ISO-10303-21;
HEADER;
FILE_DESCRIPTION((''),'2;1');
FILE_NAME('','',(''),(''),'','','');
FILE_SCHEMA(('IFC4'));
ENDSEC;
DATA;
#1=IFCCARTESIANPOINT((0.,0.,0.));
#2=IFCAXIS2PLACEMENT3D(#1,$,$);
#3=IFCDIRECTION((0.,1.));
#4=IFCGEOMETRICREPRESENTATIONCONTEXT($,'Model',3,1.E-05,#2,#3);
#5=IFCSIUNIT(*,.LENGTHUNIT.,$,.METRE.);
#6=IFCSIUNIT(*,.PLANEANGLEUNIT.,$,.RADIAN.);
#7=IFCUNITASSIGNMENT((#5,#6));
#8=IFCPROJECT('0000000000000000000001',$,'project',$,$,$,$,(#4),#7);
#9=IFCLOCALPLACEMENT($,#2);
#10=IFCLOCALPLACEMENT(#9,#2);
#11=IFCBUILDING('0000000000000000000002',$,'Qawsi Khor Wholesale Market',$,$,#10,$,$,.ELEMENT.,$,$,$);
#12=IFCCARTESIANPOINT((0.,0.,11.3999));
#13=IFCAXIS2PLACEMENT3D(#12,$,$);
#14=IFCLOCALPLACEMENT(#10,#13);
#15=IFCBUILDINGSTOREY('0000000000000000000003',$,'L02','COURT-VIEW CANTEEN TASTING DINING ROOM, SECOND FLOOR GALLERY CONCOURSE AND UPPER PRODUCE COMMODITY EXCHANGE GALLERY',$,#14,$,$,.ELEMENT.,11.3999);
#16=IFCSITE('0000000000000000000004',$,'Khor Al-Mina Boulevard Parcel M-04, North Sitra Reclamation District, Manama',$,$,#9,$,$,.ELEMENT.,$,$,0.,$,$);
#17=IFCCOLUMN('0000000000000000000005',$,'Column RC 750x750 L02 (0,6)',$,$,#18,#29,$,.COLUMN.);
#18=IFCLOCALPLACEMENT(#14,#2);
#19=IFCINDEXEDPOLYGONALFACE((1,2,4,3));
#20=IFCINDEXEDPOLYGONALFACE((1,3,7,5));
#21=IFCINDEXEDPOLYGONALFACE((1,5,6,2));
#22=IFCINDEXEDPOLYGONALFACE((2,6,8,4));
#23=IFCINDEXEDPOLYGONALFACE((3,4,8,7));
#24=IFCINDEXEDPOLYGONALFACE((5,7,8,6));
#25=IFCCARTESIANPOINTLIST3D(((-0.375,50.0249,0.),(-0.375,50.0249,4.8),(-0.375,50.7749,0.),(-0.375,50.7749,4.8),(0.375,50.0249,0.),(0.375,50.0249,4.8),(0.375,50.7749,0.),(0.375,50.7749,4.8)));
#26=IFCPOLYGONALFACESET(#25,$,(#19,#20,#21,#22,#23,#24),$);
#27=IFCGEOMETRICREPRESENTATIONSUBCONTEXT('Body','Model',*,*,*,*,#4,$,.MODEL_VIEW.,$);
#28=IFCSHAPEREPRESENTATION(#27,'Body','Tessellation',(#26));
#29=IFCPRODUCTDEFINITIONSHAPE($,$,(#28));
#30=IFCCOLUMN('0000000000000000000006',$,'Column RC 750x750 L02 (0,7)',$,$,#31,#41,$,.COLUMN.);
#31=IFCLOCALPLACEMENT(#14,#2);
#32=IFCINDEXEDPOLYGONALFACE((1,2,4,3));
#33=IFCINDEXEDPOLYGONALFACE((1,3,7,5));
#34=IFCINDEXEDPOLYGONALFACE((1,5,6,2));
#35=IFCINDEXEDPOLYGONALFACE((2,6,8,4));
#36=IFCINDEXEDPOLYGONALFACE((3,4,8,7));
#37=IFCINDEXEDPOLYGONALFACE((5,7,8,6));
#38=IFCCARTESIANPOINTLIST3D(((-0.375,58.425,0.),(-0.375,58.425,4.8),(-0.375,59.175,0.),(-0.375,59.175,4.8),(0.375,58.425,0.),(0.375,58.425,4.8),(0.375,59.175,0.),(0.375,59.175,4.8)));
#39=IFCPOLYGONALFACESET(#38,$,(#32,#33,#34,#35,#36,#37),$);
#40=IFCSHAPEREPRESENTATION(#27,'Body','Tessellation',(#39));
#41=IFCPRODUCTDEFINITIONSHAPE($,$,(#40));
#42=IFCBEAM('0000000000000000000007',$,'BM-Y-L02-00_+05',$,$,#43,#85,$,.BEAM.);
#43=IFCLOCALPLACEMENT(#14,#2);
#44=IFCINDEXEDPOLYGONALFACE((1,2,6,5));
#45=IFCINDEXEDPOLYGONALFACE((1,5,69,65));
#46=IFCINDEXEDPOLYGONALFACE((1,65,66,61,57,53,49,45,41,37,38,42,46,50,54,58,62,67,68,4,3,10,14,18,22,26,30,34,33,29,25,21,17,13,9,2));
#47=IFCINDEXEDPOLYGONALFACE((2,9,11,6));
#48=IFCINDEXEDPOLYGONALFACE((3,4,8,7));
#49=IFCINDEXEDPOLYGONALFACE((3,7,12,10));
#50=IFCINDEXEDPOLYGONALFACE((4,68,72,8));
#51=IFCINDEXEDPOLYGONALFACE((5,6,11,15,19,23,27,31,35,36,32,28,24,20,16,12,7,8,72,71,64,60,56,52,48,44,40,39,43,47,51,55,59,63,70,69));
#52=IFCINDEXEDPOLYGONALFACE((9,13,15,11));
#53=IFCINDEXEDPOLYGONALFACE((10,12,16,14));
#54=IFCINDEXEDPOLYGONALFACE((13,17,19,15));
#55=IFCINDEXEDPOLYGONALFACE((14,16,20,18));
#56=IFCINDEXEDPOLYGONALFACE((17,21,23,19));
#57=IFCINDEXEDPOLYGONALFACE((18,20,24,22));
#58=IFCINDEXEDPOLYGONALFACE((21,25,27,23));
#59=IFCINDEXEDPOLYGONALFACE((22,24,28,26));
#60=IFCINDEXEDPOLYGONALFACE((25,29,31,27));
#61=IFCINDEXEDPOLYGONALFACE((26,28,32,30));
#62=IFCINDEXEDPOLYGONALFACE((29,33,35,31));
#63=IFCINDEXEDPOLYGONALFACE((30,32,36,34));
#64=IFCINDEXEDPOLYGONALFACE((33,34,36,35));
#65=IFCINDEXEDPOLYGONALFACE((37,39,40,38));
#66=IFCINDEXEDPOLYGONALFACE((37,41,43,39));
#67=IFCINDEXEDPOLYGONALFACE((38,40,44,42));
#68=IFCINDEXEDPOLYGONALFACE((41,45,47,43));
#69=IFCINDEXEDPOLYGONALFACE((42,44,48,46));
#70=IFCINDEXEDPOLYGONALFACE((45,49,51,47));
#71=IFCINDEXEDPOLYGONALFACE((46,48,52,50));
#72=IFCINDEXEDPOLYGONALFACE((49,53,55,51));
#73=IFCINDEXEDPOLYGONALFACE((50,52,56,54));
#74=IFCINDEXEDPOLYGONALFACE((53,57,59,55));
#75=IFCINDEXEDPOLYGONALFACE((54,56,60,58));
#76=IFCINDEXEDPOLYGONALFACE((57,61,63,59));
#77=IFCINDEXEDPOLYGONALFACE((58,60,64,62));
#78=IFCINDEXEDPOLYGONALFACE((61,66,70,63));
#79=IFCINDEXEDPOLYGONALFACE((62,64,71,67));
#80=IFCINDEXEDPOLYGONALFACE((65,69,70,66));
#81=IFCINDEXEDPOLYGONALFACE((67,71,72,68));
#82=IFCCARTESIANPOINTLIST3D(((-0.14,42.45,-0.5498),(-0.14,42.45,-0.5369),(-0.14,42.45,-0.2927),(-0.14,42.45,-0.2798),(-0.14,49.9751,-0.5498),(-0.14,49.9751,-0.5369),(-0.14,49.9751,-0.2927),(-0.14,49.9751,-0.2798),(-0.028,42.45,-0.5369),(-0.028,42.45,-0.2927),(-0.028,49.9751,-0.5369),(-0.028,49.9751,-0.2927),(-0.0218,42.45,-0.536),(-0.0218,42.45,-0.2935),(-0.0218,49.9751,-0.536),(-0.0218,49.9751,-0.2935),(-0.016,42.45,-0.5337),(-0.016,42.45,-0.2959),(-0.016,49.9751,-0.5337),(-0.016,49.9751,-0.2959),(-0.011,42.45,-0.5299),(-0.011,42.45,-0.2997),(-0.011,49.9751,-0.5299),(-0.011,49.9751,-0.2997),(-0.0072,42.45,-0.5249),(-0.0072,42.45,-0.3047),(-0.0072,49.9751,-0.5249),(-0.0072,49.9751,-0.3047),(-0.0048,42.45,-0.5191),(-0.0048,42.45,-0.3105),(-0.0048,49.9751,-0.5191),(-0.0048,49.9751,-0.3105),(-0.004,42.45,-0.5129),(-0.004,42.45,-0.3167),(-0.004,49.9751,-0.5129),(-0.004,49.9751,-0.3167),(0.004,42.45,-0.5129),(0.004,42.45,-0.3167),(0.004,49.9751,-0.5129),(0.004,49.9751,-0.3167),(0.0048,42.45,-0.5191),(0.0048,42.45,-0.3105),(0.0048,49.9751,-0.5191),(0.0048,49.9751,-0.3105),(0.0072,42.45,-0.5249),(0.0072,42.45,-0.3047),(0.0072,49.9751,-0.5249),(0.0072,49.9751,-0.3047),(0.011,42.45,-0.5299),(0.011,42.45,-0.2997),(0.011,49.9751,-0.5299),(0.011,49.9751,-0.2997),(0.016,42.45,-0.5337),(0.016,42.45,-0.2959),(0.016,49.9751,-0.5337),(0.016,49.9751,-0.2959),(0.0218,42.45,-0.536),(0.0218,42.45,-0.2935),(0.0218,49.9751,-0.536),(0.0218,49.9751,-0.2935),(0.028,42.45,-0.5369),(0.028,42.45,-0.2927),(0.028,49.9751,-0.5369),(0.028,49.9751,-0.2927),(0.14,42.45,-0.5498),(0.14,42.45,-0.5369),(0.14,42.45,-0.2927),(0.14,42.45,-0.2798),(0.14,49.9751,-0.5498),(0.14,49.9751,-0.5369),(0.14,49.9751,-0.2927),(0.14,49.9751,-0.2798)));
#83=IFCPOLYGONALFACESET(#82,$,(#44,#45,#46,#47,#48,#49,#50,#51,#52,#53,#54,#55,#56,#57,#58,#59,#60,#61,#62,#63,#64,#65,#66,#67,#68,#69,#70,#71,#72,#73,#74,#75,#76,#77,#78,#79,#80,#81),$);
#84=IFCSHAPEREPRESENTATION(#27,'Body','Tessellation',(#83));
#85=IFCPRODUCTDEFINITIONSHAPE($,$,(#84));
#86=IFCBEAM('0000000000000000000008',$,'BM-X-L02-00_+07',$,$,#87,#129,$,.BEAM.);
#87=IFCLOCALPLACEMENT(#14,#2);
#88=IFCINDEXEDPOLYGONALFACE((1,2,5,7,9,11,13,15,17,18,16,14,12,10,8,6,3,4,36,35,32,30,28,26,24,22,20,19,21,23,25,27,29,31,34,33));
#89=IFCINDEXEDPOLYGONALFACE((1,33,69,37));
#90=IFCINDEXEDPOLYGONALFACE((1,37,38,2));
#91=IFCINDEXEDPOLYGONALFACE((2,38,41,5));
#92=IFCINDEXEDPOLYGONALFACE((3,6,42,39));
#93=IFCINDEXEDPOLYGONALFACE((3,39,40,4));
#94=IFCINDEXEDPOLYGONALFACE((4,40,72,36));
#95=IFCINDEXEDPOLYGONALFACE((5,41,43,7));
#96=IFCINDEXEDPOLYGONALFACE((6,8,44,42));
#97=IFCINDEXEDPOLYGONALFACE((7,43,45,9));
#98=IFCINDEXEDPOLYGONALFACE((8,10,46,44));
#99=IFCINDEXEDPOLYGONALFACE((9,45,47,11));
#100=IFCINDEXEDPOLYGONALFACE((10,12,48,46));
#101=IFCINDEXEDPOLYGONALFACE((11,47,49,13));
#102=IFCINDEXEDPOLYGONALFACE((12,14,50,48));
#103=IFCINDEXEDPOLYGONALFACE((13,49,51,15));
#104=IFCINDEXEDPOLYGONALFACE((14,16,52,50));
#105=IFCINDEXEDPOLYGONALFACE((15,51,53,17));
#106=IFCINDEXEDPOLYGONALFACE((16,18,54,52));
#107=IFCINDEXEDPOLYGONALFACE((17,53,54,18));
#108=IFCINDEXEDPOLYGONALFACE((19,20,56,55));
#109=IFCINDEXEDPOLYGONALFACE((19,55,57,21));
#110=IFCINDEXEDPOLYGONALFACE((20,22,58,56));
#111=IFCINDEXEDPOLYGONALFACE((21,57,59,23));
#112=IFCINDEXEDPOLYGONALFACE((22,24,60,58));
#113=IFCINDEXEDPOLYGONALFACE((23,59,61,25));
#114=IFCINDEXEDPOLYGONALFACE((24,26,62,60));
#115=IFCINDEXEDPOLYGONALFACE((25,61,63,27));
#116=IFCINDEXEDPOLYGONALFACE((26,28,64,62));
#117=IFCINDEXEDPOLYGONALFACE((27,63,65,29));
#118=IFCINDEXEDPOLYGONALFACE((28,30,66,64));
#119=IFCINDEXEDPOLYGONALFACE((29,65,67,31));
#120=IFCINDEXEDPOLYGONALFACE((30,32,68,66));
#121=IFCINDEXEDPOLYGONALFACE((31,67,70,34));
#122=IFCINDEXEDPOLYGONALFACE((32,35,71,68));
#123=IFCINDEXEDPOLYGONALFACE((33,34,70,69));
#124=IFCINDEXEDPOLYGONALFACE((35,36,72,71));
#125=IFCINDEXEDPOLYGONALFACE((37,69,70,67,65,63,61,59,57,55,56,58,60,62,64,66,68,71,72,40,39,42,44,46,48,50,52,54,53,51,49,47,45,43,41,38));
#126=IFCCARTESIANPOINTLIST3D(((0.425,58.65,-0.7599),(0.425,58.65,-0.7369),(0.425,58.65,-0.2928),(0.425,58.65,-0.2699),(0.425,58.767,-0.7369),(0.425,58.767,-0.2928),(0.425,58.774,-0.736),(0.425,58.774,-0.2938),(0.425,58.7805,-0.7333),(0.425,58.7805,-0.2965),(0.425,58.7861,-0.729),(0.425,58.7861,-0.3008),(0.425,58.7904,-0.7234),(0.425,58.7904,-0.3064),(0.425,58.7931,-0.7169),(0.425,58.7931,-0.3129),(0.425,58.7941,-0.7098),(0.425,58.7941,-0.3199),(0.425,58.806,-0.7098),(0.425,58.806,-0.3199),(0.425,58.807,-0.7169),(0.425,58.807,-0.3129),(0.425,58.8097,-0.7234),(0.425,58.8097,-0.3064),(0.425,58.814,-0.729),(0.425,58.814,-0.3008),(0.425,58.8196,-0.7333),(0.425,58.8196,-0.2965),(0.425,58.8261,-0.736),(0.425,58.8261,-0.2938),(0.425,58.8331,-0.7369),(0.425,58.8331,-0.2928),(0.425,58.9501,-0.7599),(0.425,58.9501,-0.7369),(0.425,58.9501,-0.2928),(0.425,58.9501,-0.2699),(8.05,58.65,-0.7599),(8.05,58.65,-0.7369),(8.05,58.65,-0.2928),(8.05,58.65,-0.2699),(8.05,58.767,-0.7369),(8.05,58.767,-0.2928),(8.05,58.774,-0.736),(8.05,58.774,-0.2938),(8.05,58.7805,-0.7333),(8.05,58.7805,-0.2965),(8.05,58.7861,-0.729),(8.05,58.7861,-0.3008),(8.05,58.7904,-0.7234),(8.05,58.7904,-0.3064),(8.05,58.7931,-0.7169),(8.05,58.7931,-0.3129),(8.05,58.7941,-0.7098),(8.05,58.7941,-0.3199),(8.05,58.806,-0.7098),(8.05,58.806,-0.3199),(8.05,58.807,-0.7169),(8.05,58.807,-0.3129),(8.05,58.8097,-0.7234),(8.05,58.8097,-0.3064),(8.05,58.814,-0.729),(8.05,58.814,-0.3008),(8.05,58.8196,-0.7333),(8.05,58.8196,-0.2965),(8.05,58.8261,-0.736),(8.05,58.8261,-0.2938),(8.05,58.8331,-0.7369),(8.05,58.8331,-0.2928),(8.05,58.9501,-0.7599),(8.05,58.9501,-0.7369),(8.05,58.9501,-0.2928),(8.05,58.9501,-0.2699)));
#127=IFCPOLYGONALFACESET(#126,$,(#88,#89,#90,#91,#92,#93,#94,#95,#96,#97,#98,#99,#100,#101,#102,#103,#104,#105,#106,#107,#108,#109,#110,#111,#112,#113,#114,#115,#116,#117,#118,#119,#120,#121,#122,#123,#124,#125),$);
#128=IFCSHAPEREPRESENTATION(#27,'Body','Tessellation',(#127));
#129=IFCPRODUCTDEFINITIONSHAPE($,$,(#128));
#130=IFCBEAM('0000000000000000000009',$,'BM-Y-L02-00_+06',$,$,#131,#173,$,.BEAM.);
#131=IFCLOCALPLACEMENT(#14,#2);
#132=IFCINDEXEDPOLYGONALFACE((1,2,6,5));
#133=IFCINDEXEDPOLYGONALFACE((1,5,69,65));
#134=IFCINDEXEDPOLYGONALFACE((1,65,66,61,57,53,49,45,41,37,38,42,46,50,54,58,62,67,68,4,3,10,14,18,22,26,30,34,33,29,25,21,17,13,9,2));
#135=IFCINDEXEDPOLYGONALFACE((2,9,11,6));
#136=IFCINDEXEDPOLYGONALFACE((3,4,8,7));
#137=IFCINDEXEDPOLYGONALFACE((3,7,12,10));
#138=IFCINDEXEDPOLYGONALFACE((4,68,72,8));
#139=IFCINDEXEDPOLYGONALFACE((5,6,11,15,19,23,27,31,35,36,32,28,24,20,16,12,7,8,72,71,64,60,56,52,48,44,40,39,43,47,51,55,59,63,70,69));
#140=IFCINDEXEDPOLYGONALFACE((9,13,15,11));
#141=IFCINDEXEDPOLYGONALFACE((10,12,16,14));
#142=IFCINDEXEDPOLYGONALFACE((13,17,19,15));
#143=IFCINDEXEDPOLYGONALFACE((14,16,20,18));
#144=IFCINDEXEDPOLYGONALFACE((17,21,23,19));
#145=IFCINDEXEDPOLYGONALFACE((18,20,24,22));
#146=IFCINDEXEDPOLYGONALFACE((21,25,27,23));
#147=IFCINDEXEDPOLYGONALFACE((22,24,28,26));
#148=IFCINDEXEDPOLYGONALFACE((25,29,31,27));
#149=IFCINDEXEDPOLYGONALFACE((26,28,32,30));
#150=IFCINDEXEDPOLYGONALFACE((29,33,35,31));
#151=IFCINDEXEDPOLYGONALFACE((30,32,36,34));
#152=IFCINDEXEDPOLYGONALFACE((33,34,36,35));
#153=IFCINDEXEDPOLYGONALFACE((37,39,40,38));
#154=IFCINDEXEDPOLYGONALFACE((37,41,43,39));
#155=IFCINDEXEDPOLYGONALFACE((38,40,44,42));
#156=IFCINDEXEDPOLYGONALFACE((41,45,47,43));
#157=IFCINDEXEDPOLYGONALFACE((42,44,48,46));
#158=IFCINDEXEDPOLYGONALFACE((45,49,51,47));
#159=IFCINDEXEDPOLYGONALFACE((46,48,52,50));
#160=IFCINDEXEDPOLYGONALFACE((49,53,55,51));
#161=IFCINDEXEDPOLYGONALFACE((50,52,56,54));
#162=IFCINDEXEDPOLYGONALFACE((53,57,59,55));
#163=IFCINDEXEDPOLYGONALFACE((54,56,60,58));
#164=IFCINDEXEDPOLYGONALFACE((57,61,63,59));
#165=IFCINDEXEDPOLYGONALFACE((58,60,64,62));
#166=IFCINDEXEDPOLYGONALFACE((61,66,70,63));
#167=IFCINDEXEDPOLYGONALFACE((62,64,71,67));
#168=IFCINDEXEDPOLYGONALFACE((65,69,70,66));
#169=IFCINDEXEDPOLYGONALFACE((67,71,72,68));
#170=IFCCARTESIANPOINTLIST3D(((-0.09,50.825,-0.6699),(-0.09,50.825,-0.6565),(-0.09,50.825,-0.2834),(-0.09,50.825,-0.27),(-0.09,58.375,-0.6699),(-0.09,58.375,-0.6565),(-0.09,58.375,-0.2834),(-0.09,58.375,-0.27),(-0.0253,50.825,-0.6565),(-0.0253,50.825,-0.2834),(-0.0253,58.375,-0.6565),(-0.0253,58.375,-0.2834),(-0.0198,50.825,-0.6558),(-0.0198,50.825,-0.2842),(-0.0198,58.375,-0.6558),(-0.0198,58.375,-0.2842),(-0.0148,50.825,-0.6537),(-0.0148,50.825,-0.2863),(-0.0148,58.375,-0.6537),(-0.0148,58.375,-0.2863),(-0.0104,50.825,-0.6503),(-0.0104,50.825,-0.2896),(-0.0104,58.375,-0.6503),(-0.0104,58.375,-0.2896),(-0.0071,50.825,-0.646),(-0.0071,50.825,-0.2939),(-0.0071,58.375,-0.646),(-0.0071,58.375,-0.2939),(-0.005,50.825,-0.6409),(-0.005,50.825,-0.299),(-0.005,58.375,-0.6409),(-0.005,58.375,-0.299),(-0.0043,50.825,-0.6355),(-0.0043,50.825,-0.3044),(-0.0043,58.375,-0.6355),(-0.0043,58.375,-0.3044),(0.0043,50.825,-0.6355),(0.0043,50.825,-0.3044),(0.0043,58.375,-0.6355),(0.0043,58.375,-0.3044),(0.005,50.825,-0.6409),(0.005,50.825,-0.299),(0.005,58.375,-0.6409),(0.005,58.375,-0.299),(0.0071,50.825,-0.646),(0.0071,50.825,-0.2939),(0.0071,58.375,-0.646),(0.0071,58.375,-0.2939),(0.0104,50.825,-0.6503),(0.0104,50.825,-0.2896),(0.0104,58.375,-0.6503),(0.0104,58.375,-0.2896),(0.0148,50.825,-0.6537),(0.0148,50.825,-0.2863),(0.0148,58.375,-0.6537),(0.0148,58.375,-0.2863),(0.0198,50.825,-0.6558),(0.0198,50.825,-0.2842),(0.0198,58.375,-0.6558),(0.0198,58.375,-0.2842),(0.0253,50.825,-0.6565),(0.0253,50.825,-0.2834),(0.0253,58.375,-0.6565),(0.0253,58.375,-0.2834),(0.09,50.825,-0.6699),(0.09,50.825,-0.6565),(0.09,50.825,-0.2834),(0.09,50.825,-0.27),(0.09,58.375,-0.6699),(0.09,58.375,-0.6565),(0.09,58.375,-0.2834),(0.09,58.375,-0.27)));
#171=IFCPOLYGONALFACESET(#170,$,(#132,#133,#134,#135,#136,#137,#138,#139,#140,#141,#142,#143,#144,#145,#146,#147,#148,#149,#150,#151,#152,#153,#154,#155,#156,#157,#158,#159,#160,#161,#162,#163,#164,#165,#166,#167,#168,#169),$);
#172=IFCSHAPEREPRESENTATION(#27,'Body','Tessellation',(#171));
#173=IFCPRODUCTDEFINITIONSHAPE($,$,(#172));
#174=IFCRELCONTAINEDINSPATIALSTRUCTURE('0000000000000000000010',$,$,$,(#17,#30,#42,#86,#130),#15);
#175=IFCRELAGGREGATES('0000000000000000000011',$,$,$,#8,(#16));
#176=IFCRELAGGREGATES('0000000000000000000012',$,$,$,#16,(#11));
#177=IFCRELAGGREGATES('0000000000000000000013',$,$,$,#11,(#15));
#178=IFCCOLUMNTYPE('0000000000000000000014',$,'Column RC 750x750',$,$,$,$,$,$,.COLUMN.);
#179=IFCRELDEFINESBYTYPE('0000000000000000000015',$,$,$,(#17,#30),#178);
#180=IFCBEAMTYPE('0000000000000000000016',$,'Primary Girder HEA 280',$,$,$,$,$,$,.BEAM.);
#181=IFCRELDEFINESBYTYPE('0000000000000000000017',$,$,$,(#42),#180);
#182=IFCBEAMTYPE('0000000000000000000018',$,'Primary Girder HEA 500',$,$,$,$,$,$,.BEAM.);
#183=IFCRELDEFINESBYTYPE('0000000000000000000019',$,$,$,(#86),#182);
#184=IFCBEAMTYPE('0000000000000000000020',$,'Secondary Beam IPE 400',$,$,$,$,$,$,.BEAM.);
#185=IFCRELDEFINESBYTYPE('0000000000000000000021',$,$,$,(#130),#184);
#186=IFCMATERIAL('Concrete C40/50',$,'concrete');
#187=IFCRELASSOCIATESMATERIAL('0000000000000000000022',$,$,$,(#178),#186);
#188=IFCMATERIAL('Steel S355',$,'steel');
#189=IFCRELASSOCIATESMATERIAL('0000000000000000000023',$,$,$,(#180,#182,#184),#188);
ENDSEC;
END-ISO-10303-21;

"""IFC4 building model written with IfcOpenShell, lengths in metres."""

from ifc_helpers import new_model, si_unit, direction, frame, origin, origin_2d, place, context, subcontext, project, spatial, rectangle, i_section, extrude, material, material_profile, profile_set, type_object, element, save


model = new_model("IFC4")

# Units and contexts
model_context = context("Model", 3, precision=1e-05, world=origin(), true_north=direction((0.0, 1.0)))
body_context = subcontext(model_context, "Body", "Model", "MODEL_VIEW")
ifc_project = project(units=[si_unit("LENGTHUNIT", "METRE"), si_unit("PLANEANGLEUNIT", "RADIAN")], contexts=[model_context])

# Site, building, storey
site_placement = place(None, origin())
site = spatial("IfcSite", under=ifc_project, at=site_placement, Name="Khor Al-Mina Boulevard Parcel M-04, North Sitra Reclamation District, Manama", CompositionType="ELEMENT", RefElevation=0.0)
building_placement = place(site_placement, origin())
building = spatial("IfcBuilding", under=site, at=building_placement, Name="Qawsi Khor Wholesale Market", CompositionType="ELEMENT")
storey_placement = place(building_placement, frame((0.0, 0.0, 11.3999)))
storey = spatial("IfcBuildingStorey", under=building, at=storey_placement, Name="L02", Description="COURT-VIEW CANTEEN TASTING DINING ROOM, SECOND FLOOR GALLERY CONCOURSE AND UPPER PRODUCE COMMODITY EXCHANGE GALLERY", CompositionType="ELEMENT", Elevation=11.3999)

# Columns
ifc_material_1 = material(Name="Concrete C40/50", Category="concrete")
ifc_material_profile_1 = material_profile(ifc_material_1, rectangle(XDim=0.75, YDim=0.75, at=origin_2d()), Name="RC 750x750")
ifc_profile_set_1 = profile_set([ifc_material_profile_1], Name="Concrete C40/50")
column_type = type_object("IfcColumnType", Name="Column RC 750x750", PredefinedType="COLUMN", material=ifc_profile_set_1)
for number, where, z_axis, x_axis, name in (
    (1, (0.0, 50.3999, 0.0), (0.0, 0.0, 1.0), (1.0, 0.0, 0.0), "Column RC 750x750 L02 (0,6)"),
    (2, (0.0, 58.8, 0.0), (0.0, 0.0, 1.0), (1.0, 0.0, 0.0), "Column RC 750x750 L02 (0,7)"),
):
    element("IfcColumn", number, at=place(storey_placement, frame(where, z_axis=z_axis, x_axis=x_axis)), inside=storey, type_object=column_type, Name=name, PredefinedType="COLUMN", context=body_context, shape_type="SweptSolid", body=[
        extrude(rectangle(XDim=0.75, YDim=0.75, at=origin_2d()), origin(), (0.0, 0.0, 1.0), 4.8),
    ])

# Beams
ifc_material_2 = material(Name="Steel S355", Category="steel")
ifc_material_profile_2 = material_profile(ifc_material_2, i_section(OverallWidth=0.28, OverallDepth=0.27, WebThickness=0.0081, FlangeThickness=0.0129, FilletRadius=0.0239, at=origin_2d()), Name="HEA 280")
ifc_profile_set_2 = profile_set([ifc_material_profile_2], Name="Steel S355")
beam_type_1 = type_object("IfcBeamType", Name="Primary Girder HEA 280", PredefinedType="BEAM", material=ifc_profile_set_2)
beam_1_placement = place(storey_placement, frame((0.0, 42.45, -0.4148), z_axis=(0.0, 1.0, 0.0), x_axis=(-1.0, 0.0, 0.0)))
element("IfcBeam", 3, at=beam_1_placement, inside=storey, type_object=beam_type_1, Name="BM-Y-L02-00_+05", PredefinedType="BEAM", context=body_context, shape_type="SweptSolid", body=[
    extrude(i_section(OverallWidth=0.28, OverallDepth=0.27, WebThickness=0.0081, FlangeThickness=0.0129, FilletRadius=0.0239, at=origin_2d()), origin(), (0.0, 0.0, 1.0), 7.5251),
])
ifc_material_profile_3 = material_profile(ifc_material_2, i_section(OverallWidth=0.3, OverallDepth=0.49, WebThickness=0.012, FlangeThickness=0.0229, FilletRadius=0.0271, at=origin_2d()), Name="HEA 500")
ifc_profile_set_3 = profile_set([ifc_material_profile_3], Name="Steel S355")
beam_type_2 = type_object("IfcBeamType", Name="Primary Girder HEA 500", PredefinedType="BEAM", material=ifc_profile_set_3)
beam_2_placement = place(storey_placement, frame((0.425, 58.8, -0.5149), z_axis=(1.0, 0.0, 0.0), x_axis=(0.0, 1.0, 0.0)))
element("IfcBeam", 4, at=beam_2_placement, inside=storey, type_object=beam_type_2, Name="BM-X-L02-00_+07", PredefinedType="BEAM", context=body_context, shape_type="SweptSolid", body=[
    extrude(i_section(OverallWidth=0.3, OverallDepth=0.49, WebThickness=0.012, FlangeThickness=0.0229, FilletRadius=0.0271, at=origin_2d()), origin(), (0.0, 0.0, 1.0), 7.625),
])
ifc_material_profile_4 = material_profile(ifc_material_2, i_section(OverallWidth=0.1799, OverallDepth=0.3999, WebThickness=0.0085, FlangeThickness=0.0134, FilletRadius=0.021, at=origin_2d()), Name="IPE 400")
ifc_profile_set_4 = profile_set([ifc_material_profile_4], Name="Steel S355")
beam_type_3 = type_object("IfcBeamType", Name="Secondary Beam IPE 400", PredefinedType="BEAM", material=ifc_profile_set_4)
beam_3_placement = place(storey_placement, frame((0.0, 50.825, -0.47), z_axis=(0.0, 1.0, 0.0), x_axis=(-1.0, 0.0, 0.0)))
element("IfcBeam", 5, at=beam_3_placement, inside=storey, type_object=beam_type_3, Name="BM-Y-L02-00_+06", PredefinedType="BEAM", context=body_context, shape_type="SweptSolid", body=[
    extrude(i_section(OverallWidth=0.1799, OverallDepth=0.3999, WebThickness=0.0085, FlangeThickness=0.0134, FilletRadius=0.021, at=origin_2d()), origin(), (0.0, 0.0, 1.0), 7.55),
])

save(model, "model.ifc")
